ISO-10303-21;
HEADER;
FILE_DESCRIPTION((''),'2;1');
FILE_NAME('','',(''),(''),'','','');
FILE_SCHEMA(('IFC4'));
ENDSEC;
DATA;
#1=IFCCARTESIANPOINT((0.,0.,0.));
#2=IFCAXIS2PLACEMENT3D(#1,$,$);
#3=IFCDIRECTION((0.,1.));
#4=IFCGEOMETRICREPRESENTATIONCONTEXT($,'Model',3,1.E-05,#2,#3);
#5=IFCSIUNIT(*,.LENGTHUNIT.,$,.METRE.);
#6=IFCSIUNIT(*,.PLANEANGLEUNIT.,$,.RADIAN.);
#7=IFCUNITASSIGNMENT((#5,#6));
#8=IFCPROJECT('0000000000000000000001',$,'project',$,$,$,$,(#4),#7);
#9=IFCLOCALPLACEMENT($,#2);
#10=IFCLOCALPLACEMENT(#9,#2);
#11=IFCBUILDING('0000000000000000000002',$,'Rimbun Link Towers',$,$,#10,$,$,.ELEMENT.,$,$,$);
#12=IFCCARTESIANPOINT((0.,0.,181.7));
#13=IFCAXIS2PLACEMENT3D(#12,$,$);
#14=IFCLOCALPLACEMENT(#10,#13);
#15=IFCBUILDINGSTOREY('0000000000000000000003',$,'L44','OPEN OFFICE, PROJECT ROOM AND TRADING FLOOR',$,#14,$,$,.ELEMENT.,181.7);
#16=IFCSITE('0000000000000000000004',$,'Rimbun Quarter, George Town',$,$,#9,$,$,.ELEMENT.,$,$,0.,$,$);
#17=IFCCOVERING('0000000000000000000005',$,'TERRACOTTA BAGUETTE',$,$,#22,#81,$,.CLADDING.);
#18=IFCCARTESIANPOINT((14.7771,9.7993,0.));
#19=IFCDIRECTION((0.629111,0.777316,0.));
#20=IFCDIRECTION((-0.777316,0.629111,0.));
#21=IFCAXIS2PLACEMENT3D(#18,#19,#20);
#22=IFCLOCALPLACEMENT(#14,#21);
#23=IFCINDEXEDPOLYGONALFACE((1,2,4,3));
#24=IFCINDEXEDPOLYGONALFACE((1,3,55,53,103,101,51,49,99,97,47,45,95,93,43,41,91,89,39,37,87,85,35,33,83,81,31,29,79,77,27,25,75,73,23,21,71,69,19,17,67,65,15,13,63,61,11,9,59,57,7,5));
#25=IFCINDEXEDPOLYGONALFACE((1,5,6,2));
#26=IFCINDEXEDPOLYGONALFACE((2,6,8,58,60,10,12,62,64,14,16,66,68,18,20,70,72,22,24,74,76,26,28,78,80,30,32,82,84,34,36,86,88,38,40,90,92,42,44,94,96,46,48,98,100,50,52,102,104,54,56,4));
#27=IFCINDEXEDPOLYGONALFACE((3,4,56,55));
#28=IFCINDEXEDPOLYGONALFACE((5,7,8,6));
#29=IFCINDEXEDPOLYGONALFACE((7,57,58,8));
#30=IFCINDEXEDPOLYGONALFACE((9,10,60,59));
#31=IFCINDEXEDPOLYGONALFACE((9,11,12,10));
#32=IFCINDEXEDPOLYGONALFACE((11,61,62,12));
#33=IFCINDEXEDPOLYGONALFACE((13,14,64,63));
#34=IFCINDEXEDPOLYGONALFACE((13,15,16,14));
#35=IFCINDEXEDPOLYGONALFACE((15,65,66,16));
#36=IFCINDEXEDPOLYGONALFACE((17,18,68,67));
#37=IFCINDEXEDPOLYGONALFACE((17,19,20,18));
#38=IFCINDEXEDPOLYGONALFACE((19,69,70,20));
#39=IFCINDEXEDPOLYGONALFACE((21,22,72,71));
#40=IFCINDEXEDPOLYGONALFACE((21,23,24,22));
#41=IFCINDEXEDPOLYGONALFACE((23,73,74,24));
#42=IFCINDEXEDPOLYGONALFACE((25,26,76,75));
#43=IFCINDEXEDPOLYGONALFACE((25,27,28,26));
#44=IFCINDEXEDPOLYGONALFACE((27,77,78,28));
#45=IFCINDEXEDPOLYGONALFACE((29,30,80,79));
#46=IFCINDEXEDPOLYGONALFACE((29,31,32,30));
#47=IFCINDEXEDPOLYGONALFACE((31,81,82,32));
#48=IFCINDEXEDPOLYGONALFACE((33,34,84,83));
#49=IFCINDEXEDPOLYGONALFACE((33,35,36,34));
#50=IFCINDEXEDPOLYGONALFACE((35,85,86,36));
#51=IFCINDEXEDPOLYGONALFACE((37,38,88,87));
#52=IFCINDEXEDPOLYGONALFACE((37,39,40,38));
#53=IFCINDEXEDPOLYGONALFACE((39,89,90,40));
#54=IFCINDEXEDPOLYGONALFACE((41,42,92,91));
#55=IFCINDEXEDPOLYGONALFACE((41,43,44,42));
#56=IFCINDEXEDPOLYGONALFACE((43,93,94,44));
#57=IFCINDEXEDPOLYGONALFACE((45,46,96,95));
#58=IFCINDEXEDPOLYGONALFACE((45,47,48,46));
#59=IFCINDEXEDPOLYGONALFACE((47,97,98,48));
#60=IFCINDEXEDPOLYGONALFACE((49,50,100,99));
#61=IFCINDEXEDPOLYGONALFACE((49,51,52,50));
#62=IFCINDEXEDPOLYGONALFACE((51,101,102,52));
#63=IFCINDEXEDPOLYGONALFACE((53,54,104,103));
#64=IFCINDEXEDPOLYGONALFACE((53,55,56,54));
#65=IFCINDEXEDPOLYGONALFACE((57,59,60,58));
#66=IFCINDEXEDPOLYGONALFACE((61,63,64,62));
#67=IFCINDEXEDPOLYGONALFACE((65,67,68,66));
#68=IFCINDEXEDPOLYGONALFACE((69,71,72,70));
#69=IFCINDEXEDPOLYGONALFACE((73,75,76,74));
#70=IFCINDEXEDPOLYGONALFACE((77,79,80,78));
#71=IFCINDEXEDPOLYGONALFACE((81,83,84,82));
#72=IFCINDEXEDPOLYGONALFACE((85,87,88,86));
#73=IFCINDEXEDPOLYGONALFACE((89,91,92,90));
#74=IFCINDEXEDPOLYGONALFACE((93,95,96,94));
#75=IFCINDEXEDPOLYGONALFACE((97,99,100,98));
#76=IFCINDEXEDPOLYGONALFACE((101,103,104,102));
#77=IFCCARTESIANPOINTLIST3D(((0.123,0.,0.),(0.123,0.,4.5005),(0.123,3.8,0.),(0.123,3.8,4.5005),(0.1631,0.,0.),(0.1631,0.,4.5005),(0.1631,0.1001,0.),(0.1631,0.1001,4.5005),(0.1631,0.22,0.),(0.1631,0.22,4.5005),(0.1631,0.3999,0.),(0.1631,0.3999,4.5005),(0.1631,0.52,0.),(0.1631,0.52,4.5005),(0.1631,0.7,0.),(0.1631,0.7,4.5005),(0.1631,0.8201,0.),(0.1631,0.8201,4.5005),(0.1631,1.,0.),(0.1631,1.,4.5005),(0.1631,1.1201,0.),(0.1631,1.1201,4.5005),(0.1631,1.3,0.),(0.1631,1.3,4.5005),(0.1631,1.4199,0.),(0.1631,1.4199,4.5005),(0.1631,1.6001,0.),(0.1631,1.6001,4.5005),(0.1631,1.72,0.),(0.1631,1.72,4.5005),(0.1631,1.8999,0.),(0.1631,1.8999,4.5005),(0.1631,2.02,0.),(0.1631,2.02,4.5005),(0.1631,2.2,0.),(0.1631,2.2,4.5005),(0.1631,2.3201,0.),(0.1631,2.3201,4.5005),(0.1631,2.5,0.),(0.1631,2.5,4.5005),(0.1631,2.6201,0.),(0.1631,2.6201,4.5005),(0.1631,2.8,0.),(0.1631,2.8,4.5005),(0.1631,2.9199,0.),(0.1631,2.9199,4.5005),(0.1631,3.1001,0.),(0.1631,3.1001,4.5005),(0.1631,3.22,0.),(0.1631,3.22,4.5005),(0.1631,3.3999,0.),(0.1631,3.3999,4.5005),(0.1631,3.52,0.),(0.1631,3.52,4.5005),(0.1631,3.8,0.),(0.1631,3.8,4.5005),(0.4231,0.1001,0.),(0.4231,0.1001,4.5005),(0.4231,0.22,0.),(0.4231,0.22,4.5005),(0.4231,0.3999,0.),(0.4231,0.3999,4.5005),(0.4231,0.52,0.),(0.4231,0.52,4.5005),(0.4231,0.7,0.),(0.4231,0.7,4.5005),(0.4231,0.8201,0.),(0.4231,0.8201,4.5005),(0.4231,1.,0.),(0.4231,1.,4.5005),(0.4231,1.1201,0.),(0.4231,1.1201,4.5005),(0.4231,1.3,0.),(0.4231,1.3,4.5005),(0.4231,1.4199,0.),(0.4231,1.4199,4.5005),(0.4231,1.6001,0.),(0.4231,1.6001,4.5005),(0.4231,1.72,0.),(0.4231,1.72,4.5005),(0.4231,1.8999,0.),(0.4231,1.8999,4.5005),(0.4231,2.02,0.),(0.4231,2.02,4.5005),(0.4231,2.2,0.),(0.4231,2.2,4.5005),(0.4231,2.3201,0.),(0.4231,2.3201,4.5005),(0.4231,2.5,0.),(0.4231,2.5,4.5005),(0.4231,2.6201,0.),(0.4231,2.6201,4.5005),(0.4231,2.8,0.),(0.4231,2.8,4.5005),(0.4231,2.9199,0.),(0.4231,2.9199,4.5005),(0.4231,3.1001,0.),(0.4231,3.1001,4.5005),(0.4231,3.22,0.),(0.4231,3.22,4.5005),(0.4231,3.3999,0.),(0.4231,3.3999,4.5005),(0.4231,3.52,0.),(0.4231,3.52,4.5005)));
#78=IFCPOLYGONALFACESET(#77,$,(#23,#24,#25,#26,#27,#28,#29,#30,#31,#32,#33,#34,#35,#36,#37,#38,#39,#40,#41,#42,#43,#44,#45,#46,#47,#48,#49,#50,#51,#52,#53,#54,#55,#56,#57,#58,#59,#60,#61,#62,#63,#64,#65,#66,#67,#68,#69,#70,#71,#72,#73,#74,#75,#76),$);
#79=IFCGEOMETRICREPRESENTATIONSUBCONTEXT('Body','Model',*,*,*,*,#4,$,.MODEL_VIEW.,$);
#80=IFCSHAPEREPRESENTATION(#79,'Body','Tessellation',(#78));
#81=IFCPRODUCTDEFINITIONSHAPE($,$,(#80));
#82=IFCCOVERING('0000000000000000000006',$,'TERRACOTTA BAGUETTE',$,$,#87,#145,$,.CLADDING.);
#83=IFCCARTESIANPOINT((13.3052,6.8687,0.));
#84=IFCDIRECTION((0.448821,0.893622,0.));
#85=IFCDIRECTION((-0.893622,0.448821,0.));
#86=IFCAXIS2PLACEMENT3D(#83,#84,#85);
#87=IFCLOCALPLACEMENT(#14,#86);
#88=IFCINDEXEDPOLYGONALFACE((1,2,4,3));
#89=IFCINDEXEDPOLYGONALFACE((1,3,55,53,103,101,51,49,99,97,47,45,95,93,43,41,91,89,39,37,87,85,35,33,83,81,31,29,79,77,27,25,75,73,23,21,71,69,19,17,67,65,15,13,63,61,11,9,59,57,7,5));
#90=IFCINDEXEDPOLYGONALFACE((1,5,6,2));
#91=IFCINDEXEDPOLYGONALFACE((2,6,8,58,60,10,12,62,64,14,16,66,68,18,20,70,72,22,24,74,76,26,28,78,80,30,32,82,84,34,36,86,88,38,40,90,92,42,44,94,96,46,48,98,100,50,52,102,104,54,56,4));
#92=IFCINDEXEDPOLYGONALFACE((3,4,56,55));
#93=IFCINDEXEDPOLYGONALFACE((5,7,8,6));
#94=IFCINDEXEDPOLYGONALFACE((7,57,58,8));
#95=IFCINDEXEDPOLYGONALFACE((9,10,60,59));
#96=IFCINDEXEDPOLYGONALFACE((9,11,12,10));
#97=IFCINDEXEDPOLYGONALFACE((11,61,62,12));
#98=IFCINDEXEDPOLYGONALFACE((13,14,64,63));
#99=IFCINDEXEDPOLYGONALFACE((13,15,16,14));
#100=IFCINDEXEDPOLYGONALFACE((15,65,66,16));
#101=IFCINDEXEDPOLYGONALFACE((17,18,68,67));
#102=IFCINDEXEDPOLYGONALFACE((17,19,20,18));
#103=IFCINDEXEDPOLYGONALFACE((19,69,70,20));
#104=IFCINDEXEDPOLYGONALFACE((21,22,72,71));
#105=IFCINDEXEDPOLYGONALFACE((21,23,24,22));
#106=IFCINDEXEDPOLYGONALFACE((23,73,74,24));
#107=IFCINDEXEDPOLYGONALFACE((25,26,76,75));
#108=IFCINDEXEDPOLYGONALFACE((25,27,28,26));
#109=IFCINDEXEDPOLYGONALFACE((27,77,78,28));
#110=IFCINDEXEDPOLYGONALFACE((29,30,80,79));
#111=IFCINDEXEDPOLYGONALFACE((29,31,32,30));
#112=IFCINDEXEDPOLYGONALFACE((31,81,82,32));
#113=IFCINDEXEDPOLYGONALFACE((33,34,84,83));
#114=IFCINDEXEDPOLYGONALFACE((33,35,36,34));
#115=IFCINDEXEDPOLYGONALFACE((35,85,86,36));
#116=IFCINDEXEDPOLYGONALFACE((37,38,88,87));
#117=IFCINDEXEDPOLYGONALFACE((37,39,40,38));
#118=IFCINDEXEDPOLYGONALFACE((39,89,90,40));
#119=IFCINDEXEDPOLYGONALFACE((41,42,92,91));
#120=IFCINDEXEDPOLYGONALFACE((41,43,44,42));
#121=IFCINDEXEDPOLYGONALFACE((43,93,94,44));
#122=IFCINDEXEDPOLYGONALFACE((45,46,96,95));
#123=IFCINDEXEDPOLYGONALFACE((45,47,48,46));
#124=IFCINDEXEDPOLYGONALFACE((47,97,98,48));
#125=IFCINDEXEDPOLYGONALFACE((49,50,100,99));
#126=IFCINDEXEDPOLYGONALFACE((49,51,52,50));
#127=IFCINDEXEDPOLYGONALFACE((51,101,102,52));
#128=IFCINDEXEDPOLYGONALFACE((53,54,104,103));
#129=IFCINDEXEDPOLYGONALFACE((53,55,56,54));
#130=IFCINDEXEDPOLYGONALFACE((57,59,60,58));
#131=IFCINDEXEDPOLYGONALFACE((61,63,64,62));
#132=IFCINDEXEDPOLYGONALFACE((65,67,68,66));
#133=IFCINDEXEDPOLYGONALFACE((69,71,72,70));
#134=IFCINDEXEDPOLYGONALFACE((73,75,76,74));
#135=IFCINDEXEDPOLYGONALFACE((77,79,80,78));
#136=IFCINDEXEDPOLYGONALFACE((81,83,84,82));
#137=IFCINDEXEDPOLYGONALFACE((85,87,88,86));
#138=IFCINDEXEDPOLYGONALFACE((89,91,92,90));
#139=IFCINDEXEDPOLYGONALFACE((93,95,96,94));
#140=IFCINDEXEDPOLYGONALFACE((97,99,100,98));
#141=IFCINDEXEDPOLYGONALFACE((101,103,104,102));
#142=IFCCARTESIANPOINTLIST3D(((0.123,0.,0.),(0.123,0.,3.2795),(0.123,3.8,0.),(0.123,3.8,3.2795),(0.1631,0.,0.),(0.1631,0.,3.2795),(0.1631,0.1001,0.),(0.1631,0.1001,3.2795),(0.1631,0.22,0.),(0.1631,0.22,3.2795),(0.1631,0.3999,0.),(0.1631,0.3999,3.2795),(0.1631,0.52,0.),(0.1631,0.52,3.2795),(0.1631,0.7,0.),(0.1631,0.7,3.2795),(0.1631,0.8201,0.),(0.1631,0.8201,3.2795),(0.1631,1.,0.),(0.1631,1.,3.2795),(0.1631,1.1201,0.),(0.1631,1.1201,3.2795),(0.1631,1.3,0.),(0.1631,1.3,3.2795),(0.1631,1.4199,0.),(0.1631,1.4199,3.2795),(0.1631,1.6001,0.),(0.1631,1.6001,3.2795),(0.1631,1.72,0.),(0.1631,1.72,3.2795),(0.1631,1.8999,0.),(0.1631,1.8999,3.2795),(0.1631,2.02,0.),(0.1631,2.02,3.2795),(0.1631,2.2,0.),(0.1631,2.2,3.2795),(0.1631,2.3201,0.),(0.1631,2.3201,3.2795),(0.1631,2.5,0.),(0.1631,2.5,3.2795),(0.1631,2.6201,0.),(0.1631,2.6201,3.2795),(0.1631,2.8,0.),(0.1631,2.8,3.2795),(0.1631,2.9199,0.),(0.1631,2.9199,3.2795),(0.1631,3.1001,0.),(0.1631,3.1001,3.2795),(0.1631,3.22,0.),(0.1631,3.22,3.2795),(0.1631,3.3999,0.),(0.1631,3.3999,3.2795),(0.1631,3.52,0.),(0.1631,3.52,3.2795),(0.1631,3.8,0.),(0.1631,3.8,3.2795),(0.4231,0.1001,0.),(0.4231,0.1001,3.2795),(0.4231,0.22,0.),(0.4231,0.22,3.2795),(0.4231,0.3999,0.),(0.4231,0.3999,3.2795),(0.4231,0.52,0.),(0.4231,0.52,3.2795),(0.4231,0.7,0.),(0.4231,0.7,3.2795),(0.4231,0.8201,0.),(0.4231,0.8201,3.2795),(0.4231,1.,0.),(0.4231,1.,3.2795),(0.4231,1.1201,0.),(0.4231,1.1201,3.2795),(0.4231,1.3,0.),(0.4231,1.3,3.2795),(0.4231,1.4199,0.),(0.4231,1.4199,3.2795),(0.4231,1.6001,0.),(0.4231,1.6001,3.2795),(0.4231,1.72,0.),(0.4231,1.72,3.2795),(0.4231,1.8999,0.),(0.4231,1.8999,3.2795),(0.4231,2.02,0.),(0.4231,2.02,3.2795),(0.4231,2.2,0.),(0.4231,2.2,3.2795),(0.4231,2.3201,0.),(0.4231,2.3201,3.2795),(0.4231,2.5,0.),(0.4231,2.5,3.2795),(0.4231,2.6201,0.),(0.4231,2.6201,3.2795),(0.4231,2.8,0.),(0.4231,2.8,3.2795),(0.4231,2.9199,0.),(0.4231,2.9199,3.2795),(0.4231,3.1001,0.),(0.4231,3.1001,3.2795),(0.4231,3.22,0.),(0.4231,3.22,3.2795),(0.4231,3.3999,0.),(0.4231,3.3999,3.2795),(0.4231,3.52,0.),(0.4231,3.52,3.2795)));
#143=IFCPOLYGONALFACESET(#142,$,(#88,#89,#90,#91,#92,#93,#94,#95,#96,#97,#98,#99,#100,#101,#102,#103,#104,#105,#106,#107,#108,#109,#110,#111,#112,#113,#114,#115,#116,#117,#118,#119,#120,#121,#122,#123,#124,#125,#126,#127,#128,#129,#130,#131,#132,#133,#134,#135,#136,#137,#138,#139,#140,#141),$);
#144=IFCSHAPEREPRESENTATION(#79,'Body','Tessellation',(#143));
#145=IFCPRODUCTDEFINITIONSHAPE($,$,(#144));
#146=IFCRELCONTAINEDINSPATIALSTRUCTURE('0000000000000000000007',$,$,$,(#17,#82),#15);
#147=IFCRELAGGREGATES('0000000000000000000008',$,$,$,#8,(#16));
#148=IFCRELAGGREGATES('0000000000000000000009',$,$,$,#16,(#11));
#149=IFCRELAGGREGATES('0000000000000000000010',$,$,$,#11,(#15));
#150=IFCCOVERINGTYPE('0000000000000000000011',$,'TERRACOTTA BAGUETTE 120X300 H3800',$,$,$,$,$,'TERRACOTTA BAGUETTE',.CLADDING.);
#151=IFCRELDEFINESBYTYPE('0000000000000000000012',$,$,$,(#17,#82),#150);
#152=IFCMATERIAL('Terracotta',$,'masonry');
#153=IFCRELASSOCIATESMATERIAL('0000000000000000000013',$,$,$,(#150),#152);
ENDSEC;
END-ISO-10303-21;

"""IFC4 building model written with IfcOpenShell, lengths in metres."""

from ifc_helpers import new_model, si_unit, direction, frame, origin, place, context, subcontext, project, spatial, polyline, outline, extrude, material, material_profile, profile_set, type_object, element, save


model = new_model("IFC4")

# Units and contexts
model_context = context("Model", 3, precision=1e-05, world=origin(), true_north=direction((0.0, 1.0)))
body_context = subcontext(model_context, "Body", "Model", "MODEL_VIEW")
ifc_project = project(units=[si_unit("LENGTHUNIT", "METRE"), si_unit("PLANEANGLEUNIT", "RADIAN")], contexts=[model_context])

# Site, building, storey
site_placement = place(None, origin())
site = spatial("IfcSite", under=ifc_project, at=site_placement, Name="Rimbun Quarter, George Town", CompositionType="ELEMENT", RefElevation=0.0)
building_placement = place(site_placement, origin())
building = spatial("IfcBuilding", under=site, at=building_placement, Name="Rimbun Link Towers", CompositionType="ELEMENT")
storey_placement = place(building_placement, frame((0.0, 0.0, 181.7)))
storey = spatial("IfcBuildingStorey", under=building, at=storey_placement, Name="L44", Description="OPEN OFFICE, PROJECT ROOM AND TRADING FLOOR", CompositionType="ELEMENT", Elevation=181.7)

# Coverings
ifc_material_1 = material(Name="Terracotta", Category="masonry")
ifc_material_profile_1 = material_profile(ifc_material_1, outline(polyline([(0.123, 0.0), (0.1631, 0.0), (0.1631, 0.1001), (0.4231, 0.1001), (0.4231, 0.22), (0.1631, 0.22), (0.1631, 0.3999), (0.4231, 0.3999), (0.4231, 0.52), (0.1631, 0.52), (0.1631, 0.7), (0.4231, 0.7), (0.4231, 0.8201), (0.1631, 0.8201), (0.1631, 1.0), (0.4231, 1.0), (0.4231, 1.1201), (0.1631, 1.1201), (0.1631, 1.3), (0.4231, 1.3), (0.4231, 1.4199), (0.1631, 1.4199), (0.1631, 1.6001), (0.4231, 1.6001), (0.4231, 1.72), (0.1631, 1.72), (0.1631, 1.8999), (0.4231, 1.8999), (0.4231, 2.02), (0.1631, 2.02), (0.1631, 2.2), (0.4231, 2.2), (0.4231, 2.3201), (0.1631, 2.3201), (0.1631, 2.5), (0.4231, 2.5), (0.4231, 2.6201), (0.1631, 2.6201), (0.1631, 2.8), (0.4231, 2.8), (0.4231, 2.9199), (0.1631, 2.9199), (0.1631, 3.1001), (0.4231, 3.1001), (0.4231, 3.22), (0.1631, 3.22), (0.1631, 3.3999), (0.4231, 3.3999), (0.4231, 3.52), (0.1631, 3.52), (0.1631, 3.8), (0.123, 3.8), (0.123, 0.0)])), Name="BAGUETTE 120X300")
ifc_profile_set_1 = profile_set([ifc_material_profile_1], Name="Terracotta")
covering_type_1 = type_object("IfcCoveringType", Name="TERRACOTTA BAGUETTE 120X300 H3800", ElementType="TERRACOTTA BAGUETTE", PredefinedType="CLADDING", material=ifc_profile_set_1)
covering_1_placement = place(storey_placement, frame((14.7771, 9.7993, 0.0), z_axis=(0.629111, 0.777316, 0.0), x_axis=(-0.777316, 0.629111, 0.0)))
element("IfcCovering", 1, at=covering_1_placement, inside=storey, type_object=covering_type_1, Name="TERRACOTTA BAGUETTE", PredefinedType="CLADDING", context=body_context, shape_type="SweptSolid", body=[
    extrude(outline(polyline([(0.123, 0.0), (0.1631, 0.0), (0.1631, 0.1001), (0.4231, 0.1001), (0.4231, 0.22), (0.1631, 0.22), (0.1631, 0.3999), (0.4231, 0.3999), (0.4231, 0.52), (0.1631, 0.52), (0.1631, 0.7), (0.4231, 0.7), (0.4231, 0.8201), (0.1631, 0.8201), (0.1631, 1.0), (0.4231, 1.0), (0.4231, 1.1201), (0.1631, 1.1201), (0.1631, 1.3), (0.4231, 1.3), (0.4231, 1.4199), (0.1631, 1.4199), (0.1631, 1.6001), (0.4231, 1.6001), (0.4231, 1.72), (0.1631, 1.72), (0.1631, 1.8999), (0.4231, 1.8999), (0.4231, 2.02), (0.1631, 2.02), (0.1631, 2.2), (0.4231, 2.2), (0.4231, 2.3201), (0.1631, 2.3201), (0.1631, 2.5), (0.4231, 2.5), (0.4231, 2.6201), (0.1631, 2.6201), (0.1631, 2.8), (0.4231, 2.8), (0.4231, 2.9199), (0.1631, 2.9199), (0.1631, 3.1001), (0.4231, 3.1001), (0.4231, 3.22), (0.1631, 3.22), (0.1631, 3.3999), (0.4231, 3.3999), (0.4231, 3.52), (0.1631, 3.52), (0.1631, 3.8), (0.123, 3.8), (0.123, 0.0)])), origin(), (0.0, 0.0, 1.0), 4.5005),
])
covering_2_placement = place(storey_placement, frame((13.3052, 6.8687, 0.0), z_axis=(0.448821, 0.893622, 0.0), x_axis=(-0.893622, 0.448821, 0.0)))
element("IfcCovering", 2, at=covering_2_placement, inside=storey, type_object=covering_type_1, Name="TERRACOTTA BAGUETTE", PredefinedType="CLADDING", context=body_context, shape_type="SweptSolid", body=[
    extrude(outline(polyline([(0.123, 0.0), (0.1631, 0.0), (0.1631, 0.1001), (0.4231, 0.1001), (0.4231, 0.22), (0.1631, 0.22), (0.1631, 0.3999), (0.4231, 0.3999), (0.4231, 0.52), (0.1631, 0.52), (0.1631, 0.7), (0.4231, 0.7), (0.4231, 0.8201), (0.1631, 0.8201), (0.1631, 1.0), (0.4231, 1.0), (0.4231, 1.1201), (0.1631, 1.1201), (0.1631, 1.3), (0.4231, 1.3), (0.4231, 1.4199), (0.1631, 1.4199), (0.1631, 1.6001), (0.4231, 1.6001), (0.4231, 1.72), (0.1631, 1.72), (0.1631, 1.8999), (0.4231, 1.8999), (0.4231, 2.02), (0.1631, 2.02), (0.1631, 2.2), (0.4231, 2.2), (0.4231, 2.3201), (0.1631, 2.3201), (0.1631, 2.5), (0.4231, 2.5), (0.4231, 2.6201), (0.1631, 2.6201), (0.1631, 2.8), (0.4231, 2.8), (0.4231, 2.9199), (0.1631, 2.9199), (0.1631, 3.1001), (0.4231, 3.1001), (0.4231, 3.22), (0.1631, 3.22), (0.1631, 3.3999), (0.4231, 3.3999), (0.4231, 3.52), (0.1631, 3.52), (0.1631, 3.8), (0.123, 3.8), (0.123, 0.0)])), origin(), (0.0, 0.0, 1.0), 3.2795),
])

save(model, "model.ifc")
